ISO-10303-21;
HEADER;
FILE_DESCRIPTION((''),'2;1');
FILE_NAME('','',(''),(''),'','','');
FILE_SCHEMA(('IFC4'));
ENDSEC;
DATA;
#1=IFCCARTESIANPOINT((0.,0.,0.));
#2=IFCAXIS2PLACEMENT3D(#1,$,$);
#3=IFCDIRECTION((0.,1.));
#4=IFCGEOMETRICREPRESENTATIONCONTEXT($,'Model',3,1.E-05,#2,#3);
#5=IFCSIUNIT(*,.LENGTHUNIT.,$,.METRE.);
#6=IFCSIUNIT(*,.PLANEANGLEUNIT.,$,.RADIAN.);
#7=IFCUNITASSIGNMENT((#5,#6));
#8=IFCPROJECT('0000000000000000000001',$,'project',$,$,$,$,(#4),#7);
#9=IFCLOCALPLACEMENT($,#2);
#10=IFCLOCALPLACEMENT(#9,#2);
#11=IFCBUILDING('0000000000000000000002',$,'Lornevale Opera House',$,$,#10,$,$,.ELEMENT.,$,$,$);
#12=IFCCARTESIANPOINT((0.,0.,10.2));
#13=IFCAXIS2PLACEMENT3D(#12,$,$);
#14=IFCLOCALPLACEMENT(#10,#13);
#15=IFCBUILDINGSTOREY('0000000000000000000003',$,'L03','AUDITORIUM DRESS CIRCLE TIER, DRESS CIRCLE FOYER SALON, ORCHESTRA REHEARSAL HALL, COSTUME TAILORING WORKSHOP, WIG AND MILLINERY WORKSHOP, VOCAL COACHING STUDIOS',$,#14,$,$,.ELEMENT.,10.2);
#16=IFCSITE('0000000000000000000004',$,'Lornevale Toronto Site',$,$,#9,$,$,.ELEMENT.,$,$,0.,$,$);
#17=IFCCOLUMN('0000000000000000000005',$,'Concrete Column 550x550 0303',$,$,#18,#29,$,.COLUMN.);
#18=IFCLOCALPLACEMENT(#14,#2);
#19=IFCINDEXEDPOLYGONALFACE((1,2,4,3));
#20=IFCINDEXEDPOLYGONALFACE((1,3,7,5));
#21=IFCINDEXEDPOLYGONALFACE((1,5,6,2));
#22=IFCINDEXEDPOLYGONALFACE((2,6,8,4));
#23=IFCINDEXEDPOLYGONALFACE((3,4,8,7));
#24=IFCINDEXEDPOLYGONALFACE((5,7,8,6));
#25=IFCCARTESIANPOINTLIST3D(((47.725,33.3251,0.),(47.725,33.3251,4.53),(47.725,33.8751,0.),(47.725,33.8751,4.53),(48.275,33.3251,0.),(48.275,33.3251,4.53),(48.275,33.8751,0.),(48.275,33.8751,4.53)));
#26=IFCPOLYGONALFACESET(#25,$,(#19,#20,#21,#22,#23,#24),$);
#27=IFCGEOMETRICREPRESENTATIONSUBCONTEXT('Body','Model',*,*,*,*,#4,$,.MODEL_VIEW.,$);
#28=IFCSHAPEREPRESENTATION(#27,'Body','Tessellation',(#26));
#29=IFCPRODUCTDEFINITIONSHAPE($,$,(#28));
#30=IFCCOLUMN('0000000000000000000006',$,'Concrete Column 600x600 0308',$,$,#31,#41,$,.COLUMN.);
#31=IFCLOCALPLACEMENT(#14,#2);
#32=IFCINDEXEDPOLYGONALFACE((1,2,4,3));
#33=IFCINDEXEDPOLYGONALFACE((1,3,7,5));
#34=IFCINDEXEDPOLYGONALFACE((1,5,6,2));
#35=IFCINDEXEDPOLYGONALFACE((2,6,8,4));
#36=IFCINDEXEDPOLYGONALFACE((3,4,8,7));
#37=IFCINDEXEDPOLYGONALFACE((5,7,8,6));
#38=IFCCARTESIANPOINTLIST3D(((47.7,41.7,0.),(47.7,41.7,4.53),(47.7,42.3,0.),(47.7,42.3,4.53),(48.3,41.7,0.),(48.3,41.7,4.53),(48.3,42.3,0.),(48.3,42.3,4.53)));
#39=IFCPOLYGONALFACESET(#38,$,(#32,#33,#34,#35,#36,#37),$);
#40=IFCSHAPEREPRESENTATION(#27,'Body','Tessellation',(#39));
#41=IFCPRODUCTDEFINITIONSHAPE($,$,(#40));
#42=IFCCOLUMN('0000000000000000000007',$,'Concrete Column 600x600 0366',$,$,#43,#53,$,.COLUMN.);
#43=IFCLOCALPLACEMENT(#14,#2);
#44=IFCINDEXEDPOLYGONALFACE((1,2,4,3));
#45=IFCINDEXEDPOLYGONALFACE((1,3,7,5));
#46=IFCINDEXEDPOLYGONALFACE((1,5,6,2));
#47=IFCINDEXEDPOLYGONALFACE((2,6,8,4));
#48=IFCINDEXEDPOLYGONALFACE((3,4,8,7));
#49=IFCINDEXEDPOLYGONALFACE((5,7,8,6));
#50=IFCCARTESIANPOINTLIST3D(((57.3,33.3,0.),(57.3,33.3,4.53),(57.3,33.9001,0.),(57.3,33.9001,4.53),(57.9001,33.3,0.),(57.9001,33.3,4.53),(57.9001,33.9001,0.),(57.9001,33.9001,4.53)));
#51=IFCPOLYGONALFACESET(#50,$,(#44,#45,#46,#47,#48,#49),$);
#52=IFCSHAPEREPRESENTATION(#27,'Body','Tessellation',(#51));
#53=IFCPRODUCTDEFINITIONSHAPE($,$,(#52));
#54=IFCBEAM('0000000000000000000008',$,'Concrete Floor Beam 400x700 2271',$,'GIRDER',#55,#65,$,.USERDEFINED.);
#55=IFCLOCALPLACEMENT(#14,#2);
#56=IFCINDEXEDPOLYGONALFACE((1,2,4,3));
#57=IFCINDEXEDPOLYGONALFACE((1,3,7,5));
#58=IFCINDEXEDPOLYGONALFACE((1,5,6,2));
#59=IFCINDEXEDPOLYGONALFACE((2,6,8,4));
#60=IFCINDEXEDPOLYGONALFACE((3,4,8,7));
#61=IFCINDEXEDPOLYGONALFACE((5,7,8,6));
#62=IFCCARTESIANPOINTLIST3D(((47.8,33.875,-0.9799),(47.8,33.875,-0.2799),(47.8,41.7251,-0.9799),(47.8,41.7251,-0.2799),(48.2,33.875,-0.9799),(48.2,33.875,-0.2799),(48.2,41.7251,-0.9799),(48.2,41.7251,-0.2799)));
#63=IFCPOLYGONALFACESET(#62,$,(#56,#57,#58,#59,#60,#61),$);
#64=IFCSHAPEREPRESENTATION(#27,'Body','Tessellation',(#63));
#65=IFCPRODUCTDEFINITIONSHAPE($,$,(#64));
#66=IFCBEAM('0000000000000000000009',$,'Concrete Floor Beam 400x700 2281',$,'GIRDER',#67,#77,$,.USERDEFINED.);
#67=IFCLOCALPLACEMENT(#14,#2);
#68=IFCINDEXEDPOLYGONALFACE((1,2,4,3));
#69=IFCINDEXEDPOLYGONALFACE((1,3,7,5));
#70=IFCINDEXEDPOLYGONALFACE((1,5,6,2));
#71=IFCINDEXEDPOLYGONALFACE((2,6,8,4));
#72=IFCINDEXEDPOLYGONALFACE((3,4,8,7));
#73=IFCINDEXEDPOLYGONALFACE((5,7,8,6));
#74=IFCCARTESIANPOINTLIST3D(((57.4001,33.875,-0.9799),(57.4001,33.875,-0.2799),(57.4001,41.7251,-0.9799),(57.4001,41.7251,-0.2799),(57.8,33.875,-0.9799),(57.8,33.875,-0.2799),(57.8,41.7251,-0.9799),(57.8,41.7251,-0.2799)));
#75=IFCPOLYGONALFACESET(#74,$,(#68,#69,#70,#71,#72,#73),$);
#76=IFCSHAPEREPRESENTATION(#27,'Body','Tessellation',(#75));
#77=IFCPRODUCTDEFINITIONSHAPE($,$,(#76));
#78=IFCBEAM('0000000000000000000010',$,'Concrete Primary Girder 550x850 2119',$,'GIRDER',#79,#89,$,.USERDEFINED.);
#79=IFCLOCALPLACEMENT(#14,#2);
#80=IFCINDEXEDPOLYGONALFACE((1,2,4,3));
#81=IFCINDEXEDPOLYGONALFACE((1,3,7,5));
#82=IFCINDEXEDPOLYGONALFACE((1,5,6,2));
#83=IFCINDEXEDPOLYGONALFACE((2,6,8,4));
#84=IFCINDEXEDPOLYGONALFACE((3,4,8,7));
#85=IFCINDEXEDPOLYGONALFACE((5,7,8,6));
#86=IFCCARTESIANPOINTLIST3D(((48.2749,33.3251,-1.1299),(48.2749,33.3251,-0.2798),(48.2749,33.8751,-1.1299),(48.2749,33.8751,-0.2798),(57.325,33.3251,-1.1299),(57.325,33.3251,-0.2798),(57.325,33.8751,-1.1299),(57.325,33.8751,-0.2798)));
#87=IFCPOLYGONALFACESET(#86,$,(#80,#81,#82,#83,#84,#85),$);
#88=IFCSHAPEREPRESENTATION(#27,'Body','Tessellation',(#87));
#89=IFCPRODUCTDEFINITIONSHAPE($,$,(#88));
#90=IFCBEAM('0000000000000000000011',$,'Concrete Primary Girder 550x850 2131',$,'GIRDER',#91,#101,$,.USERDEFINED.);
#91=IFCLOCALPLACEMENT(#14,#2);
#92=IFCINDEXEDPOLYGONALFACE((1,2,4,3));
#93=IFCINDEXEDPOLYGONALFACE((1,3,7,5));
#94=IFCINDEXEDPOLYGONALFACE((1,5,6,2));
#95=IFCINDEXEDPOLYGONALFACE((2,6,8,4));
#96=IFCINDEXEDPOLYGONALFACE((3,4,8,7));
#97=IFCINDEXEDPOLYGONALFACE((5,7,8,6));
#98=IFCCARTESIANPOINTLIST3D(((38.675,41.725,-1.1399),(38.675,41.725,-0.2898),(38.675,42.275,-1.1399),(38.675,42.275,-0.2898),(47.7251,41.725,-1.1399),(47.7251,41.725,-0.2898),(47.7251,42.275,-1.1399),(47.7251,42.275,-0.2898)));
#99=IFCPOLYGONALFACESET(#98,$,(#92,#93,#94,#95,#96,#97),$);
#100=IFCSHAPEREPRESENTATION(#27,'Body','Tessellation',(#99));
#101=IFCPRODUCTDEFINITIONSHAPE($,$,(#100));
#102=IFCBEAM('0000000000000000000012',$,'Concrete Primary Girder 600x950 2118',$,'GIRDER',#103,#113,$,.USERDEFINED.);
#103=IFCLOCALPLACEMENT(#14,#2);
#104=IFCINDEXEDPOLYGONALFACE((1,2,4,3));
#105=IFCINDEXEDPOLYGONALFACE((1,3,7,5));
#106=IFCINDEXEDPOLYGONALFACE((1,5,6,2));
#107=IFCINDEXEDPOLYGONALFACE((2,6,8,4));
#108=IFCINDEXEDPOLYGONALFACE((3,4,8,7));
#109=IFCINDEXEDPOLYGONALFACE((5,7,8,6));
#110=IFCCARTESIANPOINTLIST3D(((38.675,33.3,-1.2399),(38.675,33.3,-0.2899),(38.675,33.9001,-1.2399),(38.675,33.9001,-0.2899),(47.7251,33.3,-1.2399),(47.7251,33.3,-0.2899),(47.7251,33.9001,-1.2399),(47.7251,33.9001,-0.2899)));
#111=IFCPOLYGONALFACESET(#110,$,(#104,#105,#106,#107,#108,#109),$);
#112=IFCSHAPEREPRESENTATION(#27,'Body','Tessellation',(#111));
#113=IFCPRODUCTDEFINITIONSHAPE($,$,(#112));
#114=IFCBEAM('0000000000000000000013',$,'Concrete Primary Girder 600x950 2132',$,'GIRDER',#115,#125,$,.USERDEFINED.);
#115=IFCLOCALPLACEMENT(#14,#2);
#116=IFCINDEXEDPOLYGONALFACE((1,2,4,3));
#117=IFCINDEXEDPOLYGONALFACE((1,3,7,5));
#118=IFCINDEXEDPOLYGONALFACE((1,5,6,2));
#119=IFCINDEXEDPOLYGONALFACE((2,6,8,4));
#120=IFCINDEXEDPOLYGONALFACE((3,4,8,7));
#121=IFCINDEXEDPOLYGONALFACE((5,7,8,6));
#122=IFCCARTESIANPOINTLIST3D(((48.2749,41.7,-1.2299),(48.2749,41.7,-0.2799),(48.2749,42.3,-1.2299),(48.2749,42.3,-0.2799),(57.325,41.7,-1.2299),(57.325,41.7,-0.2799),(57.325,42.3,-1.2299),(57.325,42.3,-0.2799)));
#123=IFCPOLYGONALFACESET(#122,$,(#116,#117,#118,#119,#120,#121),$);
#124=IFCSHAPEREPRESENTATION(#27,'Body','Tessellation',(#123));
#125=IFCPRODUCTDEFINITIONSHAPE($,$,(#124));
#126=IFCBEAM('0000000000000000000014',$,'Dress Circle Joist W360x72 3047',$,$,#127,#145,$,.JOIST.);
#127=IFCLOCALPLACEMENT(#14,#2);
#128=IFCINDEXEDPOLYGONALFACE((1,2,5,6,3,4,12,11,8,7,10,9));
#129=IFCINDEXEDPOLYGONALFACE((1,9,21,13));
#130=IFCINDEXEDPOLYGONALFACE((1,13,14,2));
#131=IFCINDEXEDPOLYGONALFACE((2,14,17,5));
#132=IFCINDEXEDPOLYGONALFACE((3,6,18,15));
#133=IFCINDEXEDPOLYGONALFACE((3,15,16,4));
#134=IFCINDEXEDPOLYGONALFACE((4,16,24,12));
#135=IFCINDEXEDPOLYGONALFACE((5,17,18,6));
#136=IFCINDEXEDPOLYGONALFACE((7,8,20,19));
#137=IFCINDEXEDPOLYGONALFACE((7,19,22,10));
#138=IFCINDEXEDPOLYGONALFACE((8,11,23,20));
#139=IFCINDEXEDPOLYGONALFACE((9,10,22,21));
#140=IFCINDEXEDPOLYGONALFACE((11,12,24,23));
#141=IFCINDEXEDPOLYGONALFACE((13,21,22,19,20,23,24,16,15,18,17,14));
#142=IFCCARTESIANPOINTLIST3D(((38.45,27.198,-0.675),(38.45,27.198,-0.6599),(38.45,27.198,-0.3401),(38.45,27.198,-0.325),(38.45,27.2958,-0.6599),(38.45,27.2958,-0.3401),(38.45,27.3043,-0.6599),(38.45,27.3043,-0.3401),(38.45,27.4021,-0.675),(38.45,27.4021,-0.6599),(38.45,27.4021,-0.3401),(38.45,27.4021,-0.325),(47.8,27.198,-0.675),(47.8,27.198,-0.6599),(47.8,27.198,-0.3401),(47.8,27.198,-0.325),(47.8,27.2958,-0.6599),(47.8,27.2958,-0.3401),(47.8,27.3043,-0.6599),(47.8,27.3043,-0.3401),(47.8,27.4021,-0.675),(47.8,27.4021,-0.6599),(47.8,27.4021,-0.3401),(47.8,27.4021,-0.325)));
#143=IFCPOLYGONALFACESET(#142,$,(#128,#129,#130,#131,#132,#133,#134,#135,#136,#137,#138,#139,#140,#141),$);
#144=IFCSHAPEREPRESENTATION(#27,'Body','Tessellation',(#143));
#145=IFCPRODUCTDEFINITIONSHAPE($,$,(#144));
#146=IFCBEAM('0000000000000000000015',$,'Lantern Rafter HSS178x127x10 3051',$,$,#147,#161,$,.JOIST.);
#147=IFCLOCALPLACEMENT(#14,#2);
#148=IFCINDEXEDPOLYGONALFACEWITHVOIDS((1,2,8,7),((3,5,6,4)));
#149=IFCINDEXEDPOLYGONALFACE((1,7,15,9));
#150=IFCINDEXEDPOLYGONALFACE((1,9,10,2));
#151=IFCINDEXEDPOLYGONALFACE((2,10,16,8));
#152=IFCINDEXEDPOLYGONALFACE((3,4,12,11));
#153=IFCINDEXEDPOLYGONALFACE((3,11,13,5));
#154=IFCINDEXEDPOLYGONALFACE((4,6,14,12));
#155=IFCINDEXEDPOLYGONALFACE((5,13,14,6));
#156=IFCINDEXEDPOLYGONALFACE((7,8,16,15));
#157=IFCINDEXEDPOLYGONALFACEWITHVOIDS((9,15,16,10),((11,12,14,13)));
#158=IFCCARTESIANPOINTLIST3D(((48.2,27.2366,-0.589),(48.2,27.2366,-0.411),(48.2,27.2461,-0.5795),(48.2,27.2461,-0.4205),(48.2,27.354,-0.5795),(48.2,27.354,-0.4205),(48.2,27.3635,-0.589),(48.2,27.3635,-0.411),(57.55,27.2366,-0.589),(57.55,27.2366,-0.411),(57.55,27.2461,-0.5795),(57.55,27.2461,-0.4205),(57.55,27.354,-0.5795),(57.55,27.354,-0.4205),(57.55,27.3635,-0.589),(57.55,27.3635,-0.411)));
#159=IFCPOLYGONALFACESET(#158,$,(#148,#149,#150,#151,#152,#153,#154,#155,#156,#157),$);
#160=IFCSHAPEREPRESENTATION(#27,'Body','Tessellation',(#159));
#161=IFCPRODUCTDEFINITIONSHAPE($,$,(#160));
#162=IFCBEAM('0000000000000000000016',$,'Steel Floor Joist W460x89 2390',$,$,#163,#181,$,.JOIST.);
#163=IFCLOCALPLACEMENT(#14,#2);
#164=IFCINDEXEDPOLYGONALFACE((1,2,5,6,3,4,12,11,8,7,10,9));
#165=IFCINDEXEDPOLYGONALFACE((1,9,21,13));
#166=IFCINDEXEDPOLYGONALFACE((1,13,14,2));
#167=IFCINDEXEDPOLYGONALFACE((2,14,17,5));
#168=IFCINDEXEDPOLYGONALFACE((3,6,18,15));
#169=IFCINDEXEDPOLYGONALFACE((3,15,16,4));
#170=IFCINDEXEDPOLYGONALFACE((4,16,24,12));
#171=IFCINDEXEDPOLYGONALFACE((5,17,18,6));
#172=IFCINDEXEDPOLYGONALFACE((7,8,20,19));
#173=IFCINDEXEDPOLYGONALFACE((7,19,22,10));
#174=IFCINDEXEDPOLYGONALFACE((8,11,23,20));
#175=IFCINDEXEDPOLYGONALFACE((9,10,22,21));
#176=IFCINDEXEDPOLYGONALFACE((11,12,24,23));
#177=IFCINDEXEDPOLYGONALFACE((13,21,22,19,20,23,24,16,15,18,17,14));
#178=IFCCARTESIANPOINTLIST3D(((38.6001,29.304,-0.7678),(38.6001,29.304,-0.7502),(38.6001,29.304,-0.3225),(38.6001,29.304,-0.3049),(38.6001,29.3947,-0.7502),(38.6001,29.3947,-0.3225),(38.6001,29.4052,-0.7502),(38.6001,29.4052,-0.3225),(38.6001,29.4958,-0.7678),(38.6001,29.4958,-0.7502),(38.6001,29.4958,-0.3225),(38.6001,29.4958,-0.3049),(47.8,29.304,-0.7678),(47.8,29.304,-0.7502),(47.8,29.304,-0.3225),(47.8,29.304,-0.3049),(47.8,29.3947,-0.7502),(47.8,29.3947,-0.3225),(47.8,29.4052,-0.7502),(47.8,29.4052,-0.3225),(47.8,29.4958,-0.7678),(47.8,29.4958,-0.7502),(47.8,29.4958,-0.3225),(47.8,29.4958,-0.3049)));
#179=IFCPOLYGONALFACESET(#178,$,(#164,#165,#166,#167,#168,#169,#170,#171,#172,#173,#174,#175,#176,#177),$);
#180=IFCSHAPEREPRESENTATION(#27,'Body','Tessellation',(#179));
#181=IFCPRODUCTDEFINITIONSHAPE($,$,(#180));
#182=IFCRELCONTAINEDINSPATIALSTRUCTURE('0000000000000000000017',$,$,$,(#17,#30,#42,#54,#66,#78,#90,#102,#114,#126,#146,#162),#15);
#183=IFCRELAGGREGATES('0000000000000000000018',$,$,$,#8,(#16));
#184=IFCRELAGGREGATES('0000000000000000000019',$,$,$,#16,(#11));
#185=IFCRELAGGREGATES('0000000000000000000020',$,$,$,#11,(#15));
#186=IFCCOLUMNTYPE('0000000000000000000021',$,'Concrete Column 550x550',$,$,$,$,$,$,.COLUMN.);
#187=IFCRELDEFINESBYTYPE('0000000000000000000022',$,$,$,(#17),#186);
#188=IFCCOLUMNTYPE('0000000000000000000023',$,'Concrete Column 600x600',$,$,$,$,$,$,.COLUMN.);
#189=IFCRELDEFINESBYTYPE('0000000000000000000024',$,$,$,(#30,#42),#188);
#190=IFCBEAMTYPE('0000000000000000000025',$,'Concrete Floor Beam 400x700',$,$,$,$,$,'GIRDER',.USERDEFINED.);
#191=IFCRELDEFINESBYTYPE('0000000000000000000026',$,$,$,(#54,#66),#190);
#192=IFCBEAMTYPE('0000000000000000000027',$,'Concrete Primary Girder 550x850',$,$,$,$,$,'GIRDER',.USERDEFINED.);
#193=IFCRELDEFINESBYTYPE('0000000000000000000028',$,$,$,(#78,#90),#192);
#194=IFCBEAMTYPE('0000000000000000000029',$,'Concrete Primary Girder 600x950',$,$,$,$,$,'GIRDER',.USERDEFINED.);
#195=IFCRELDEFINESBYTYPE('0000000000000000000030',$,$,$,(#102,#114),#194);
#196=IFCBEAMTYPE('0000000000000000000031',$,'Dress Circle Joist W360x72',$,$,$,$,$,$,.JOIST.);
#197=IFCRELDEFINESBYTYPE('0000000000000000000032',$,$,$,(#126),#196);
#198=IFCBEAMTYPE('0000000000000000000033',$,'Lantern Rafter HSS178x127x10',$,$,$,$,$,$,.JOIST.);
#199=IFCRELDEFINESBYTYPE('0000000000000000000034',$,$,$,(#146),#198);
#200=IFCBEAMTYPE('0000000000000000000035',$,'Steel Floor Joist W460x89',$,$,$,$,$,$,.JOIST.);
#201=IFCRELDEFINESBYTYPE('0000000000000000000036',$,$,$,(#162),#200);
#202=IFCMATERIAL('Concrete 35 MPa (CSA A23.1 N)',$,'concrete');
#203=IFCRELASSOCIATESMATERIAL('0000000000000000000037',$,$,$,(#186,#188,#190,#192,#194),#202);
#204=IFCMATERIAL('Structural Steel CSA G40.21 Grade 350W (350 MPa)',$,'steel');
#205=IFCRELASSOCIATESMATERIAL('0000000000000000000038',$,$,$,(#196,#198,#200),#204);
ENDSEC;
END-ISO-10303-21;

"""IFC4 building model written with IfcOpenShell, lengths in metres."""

from ifc_helpers import new_model, si_unit, direction, frame, origin, origin_2d, place, context, subcontext, project, spatial, rectangle, hollow_rectangle, i_section, extrude, material, material_profile, profile_set, type_object, element, save


model = new_model("IFC4")

# Units and contexts
model_context = context("Model", 3, precision=1e-05, world=origin(), true_north=direction((0.0, 1.0)))
body_context = subcontext(model_context, "Body", "Model", "MODEL_VIEW")
ifc_project = project(units=[si_unit("LENGTHUNIT", "METRE"), si_unit("PLANEANGLEUNIT", "RADIAN")], contexts=[model_context])

# Site, building, storey
site_placement = place(None, origin())
site = spatial("IfcSite", under=ifc_project, at=site_placement, Name="Lornevale Toronto Site", CompositionType="ELEMENT", RefElevation=0.0)
building_placement = place(site_placement, origin())
building = spatial("IfcBuilding", under=site, at=building_placement, Name="Lornevale Opera House", CompositionType="ELEMENT")
storey_placement = place(building_placement, frame((0.0, 0.0, 10.2)))
storey = spatial("IfcBuildingStorey", under=building, at=storey_placement, Name="L03", Description="AUDITORIUM DRESS CIRCLE TIER, DRESS CIRCLE FOYER SALON, ORCHESTRA REHEARSAL HALL, COSTUME TAILORING WORKSHOP, WIG AND MILLINERY WORKSHOP, VOCAL COACHING STUDIOS", CompositionType="ELEMENT", Elevation=10.2)

# Columns
ifc_material_1 = material(Name="Concrete 35 MPa (CSA A23.1 N)", Category="concrete")
ifc_material_profile_1 = material_profile(ifc_material_1, rectangle(XDim=0.55, YDim=0.55, at=origin_2d()), Name="RC550x550")
ifc_profile_set_1 = profile_set([ifc_material_profile_1], Name="Concrete 35 MPa (CSA A23.1 N)")
column_type_1 = type_object("IfcColumnType", Name="Concrete Column 550x550", PredefinedType="COLUMN", material=ifc_profile_set_1)
column_placement = place(storey_placement, frame((48.0, 33.6001, 0.0), z_axis=(0.0, 0.0, 1.0), x_axis=(1.0, 0.0, 0.0)))
element("IfcColumn", 1, at=column_placement, inside=storey, type_object=column_type_1, Name="Concrete Column 550x550 0303", PredefinedType="COLUMN", context=body_context, shape_type="SweptSolid", body=[
    extrude(rectangle(XDim=0.55, YDim=0.55, at=origin_2d()), origin(), (0.0, 0.0, 1.0), 4.53),
])
ifc_material_profile_2 = material_profile(ifc_material_1, rectangle(XDim=0.6001, YDim=0.6001, at=origin_2d()), Name="RC600x600")
ifc_profile_set_2 = profile_set([ifc_material_profile_2], Name="Concrete 35 MPa (CSA A23.1 N)")
column_type_2 = type_object("IfcColumnType", Name="Concrete Column 600x600", PredefinedType="COLUMN", material=ifc_profile_set_2)
for number, where, z_axis, x_axis, name in (
    (2, (48.0, 42.0, 0.0), (0.0, 0.0, 1.0), (1.0, 0.0, 0.0), "Concrete Column 600x600 0308"),
    (3, (57.6001, 33.6001, 0.0), (0.0, 0.0, 1.0), (1.0, 0.0, 0.0), "Concrete Column 600x600 0366"),
):
    element("IfcColumn", number, at=place(storey_placement, frame(where, z_axis=z_axis, x_axis=x_axis)), inside=storey, type_object=column_type_2, Name=name, PredefinedType="COLUMN", context=body_context, shape_type="SweptSolid", body=[
        extrude(rectangle(XDim=0.6001, YDim=0.6001, at=origin_2d()), origin(), (0.0, 0.0, 1.0), 4.53),
    ])

# Beams
ifc_material_profile_3 = material_profile(ifc_material_1, rectangle(XDim=0.3999, YDim=0.7, at=origin_2d()), Name="RC400x700")
ifc_profile_set_3 = profile_set([ifc_material_profile_3], Name="Concrete 35 MPa (CSA A23.1 N)")
beam_type_1 = type_object("IfcBeamType", Name="Concrete Floor Beam 400x700", ElementType="GIRDER", PredefinedType="USERDEFINED", material=ifc_profile_set_3)
for number, where, z_axis, x_axis, name in (
    (4, (48.0, 33.875, -0.6299), (0.0, 1.0, 0.0), (-1.0, 0.0, 0.0), "Concrete Floor Beam 400x700 2271"),
    (5, (57.6001, 33.875, -0.6299), (0.0, 1.0, 0.0), (-1.0, 0.0, 0.0), "Concrete Floor Beam 400x700 2281"),
):
    element("IfcBeam", number, at=place(storey_placement, frame(where, z_axis=z_axis, x_axis=x_axis)), inside=storey, type_object=beam_type_1, Name=name, ObjectType="GIRDER", PredefinedType="USERDEFINED", context=body_context, shape_type="SweptSolid", body=[
        extrude(rectangle(XDim=0.3999, YDim=0.7, at=origin_2d()), origin(), (0.0, 0.0, 1.0), 7.8501),
    ])
ifc_material_profile_4 = material_profile(ifc_material_1, rectangle(XDim=0.55, YDim=0.8501, at=origin_2d()), Name="RC550x850")
ifc_profile_set_4 = profile_set([ifc_material_profile_4], Name="Concrete 35 MPa (CSA A23.1 N)")
beam_type_2 = type_object("IfcBeamType", Name="Concrete Primary Girder 550x850", ElementType="GIRDER", PredefinedType="USERDEFINED", material=ifc_profile_set_4)
for number, where, z_axis, x_axis, name in (
    (6, (48.2749, 33.6001, -0.7048), (1.0, 0.0, 0.0), (0.0, 1.0, 0.0), "Concrete Primary Girder 550x850 2119"),
    (7, (38.675, 42.0, -0.7148), (1.0, 0.0, 0.0), (0.0, 1.0, 0.0), "Concrete Primary Girder 550x850 2131"),
):
    element("IfcBeam", number, at=place(storey_placement, frame(where, z_axis=z_axis, x_axis=x_axis)), inside=storey, type_object=beam_type_2, Name=name, ObjectType="GIRDER", PredefinedType="USERDEFINED", context=body_context, shape_type="SweptSolid", body=[
        extrude(rectangle(XDim=0.55, YDim=0.8501, at=origin_2d()), origin(), (0.0, 0.0, 1.0), 9.05),
    ])
ifc_material_profile_5 = material_profile(ifc_material_1, rectangle(XDim=0.6001, YDim=0.95, at=origin_2d()), Name="RC600x950")
ifc_profile_set_5 = profile_set([ifc_material_profile_5], Name="Concrete 35 MPa (CSA A23.1 N)")
beam_type_3 = type_object("IfcBeamType", Name="Concrete Primary Girder 600x950", ElementType="GIRDER", PredefinedType="USERDEFINED", material=ifc_profile_set_5)
for number, where, z_axis, x_axis, name in (
    (8, (38.675, 33.6001, -0.7649), (1.0, 0.0, 0.0), (0.0, 1.0, 0.0), "Concrete Primary Girder 600x950 2118"),
    (9, (48.2749, 42.0, -0.7549), (1.0, 0.0, 0.0), (0.0, 1.0, 0.0), "Concrete Primary Girder 600x950 2132"),
):
    element("IfcBeam", number, at=place(storey_placement, frame(where, z_axis=z_axis, x_axis=x_axis)), inside=storey, type_object=beam_type_3, Name=name, ObjectType="GIRDER", PredefinedType="USERDEFINED", context=body_context, shape_type="SweptSolid", body=[
        extrude(rectangle(XDim=0.6001, YDim=0.95, at=origin_2d()), origin(), (0.0, 0.0, 1.0), 9.05),
    ])
ifc_material_2 = material(Name="Structural Steel CSA G40.21 Grade 350W (350 MPa)", Category="steel")
ifc_material_profile_6 = material_profile(ifc_material_2, i_section(OverallWidth=0.2041, OverallDepth=0.3501, WebThickness=0.0085, FlangeThickness=0.0151, at=origin_2d()), Name="W360x72")
ifc_profile_set_6 = profile_set([ifc_material_profile_6], Name="Structural Steel CSA G40.21 Grade 350W (350 MPa)")
beam_type_4 = type_object("IfcBeamType", Name="Dress Circle Joist W360x72", PredefinedType="JOIST", material=ifc_profile_set_6)
beam_1_placement = place(storey_placement, frame((38.45, 27.3, -0.5), z_axis=(1.0, 0.0, 0.0), x_axis=(0.0, 1.0, 0.0)))
element("IfcBeam", 10, at=beam_1_placement, inside=storey, type_object=beam_type_4, Name="Dress Circle Joist W360x72 3047", PredefinedType="JOIST", context=body_context, shape_type="SweptSolid", body=[
    extrude(i_section(OverallWidth=0.2041, OverallDepth=0.3501, WebThickness=0.0085, FlangeThickness=0.0151, at=origin_2d()), origin(), (0.0, 0.0, 1.0), 9.3501),
])
ifc_material_profile_7 = material_profile(ifc_material_2, hollow_rectangle(XDim=0.127, YDim=0.178, WallThickness=0.0095, at=origin_2d()), Name="HSS178x127x10")
ifc_profile_set_7 = profile_set([ifc_material_profile_7], Name="Structural Steel CSA G40.21 Grade 350W (350 MPa)")
beam_type_5 = type_object("IfcBeamType", Name="Lantern Rafter HSS178x127x10", PredefinedType="JOIST", material=ifc_profile_set_7)
beam_2_placement = place(storey_placement, frame((48.2, 27.3, -0.5), z_axis=(1.0, 0.0, 0.0), x_axis=(0.0, 1.0, 0.0)))
element("IfcBeam", 11, at=beam_2_placement, inside=storey, type_object=beam_type_5, Name="Lantern Rafter HSS178x127x10 3051", PredefinedType="JOIST", context=body_context, shape_type="SweptSolid", body=[
    extrude(hollow_rectangle(XDim=0.127, YDim=0.178, WallThickness=0.0095, at=origin_2d()), origin(), (0.0, 0.0, 1.0), 9.3501),
])
ifc_material_profile_8 = material_profile(ifc_material_2, i_section(OverallWidth=0.1919, OverallDepth=0.4629, WebThickness=0.0105, FlangeThickness=0.0176, at=origin_2d()), Name="W460x89")
ifc_profile_set_8 = profile_set([ifc_material_profile_8], Name="Structural Steel CSA G40.21 Grade 350W (350 MPa)")
beam_type_6 = type_object("IfcBeamType", Name="Steel Floor Joist W460x89", PredefinedType="JOIST", material=ifc_profile_set_8)
for number, where, z_axis, x_axis, name in (
    (12, (38.6001, 29.3999, -0.5364), (1.0, 0.0, 0.0), (0.0, 1.0, 0.0), "Steel Floor Joist W460x89 2390"),
):
    element("IfcBeam", number, at=place(storey_placement, frame(where, z_axis=z_axis, x_axis=x_axis)), inside=storey, type_object=beam_type_6, Name=name, PredefinedType="JOIST", context=body_context, shape_type="SweptSolid", body=[
        extrude(i_section(OverallWidth=0.1919, OverallDepth=0.4629, WebThickness=0.0105, FlangeThickness=0.0176, at=origin_2d()), origin(), (0.0, 0.0, 1.0), 9.2),
    ])

save(model, "model.ifc")
